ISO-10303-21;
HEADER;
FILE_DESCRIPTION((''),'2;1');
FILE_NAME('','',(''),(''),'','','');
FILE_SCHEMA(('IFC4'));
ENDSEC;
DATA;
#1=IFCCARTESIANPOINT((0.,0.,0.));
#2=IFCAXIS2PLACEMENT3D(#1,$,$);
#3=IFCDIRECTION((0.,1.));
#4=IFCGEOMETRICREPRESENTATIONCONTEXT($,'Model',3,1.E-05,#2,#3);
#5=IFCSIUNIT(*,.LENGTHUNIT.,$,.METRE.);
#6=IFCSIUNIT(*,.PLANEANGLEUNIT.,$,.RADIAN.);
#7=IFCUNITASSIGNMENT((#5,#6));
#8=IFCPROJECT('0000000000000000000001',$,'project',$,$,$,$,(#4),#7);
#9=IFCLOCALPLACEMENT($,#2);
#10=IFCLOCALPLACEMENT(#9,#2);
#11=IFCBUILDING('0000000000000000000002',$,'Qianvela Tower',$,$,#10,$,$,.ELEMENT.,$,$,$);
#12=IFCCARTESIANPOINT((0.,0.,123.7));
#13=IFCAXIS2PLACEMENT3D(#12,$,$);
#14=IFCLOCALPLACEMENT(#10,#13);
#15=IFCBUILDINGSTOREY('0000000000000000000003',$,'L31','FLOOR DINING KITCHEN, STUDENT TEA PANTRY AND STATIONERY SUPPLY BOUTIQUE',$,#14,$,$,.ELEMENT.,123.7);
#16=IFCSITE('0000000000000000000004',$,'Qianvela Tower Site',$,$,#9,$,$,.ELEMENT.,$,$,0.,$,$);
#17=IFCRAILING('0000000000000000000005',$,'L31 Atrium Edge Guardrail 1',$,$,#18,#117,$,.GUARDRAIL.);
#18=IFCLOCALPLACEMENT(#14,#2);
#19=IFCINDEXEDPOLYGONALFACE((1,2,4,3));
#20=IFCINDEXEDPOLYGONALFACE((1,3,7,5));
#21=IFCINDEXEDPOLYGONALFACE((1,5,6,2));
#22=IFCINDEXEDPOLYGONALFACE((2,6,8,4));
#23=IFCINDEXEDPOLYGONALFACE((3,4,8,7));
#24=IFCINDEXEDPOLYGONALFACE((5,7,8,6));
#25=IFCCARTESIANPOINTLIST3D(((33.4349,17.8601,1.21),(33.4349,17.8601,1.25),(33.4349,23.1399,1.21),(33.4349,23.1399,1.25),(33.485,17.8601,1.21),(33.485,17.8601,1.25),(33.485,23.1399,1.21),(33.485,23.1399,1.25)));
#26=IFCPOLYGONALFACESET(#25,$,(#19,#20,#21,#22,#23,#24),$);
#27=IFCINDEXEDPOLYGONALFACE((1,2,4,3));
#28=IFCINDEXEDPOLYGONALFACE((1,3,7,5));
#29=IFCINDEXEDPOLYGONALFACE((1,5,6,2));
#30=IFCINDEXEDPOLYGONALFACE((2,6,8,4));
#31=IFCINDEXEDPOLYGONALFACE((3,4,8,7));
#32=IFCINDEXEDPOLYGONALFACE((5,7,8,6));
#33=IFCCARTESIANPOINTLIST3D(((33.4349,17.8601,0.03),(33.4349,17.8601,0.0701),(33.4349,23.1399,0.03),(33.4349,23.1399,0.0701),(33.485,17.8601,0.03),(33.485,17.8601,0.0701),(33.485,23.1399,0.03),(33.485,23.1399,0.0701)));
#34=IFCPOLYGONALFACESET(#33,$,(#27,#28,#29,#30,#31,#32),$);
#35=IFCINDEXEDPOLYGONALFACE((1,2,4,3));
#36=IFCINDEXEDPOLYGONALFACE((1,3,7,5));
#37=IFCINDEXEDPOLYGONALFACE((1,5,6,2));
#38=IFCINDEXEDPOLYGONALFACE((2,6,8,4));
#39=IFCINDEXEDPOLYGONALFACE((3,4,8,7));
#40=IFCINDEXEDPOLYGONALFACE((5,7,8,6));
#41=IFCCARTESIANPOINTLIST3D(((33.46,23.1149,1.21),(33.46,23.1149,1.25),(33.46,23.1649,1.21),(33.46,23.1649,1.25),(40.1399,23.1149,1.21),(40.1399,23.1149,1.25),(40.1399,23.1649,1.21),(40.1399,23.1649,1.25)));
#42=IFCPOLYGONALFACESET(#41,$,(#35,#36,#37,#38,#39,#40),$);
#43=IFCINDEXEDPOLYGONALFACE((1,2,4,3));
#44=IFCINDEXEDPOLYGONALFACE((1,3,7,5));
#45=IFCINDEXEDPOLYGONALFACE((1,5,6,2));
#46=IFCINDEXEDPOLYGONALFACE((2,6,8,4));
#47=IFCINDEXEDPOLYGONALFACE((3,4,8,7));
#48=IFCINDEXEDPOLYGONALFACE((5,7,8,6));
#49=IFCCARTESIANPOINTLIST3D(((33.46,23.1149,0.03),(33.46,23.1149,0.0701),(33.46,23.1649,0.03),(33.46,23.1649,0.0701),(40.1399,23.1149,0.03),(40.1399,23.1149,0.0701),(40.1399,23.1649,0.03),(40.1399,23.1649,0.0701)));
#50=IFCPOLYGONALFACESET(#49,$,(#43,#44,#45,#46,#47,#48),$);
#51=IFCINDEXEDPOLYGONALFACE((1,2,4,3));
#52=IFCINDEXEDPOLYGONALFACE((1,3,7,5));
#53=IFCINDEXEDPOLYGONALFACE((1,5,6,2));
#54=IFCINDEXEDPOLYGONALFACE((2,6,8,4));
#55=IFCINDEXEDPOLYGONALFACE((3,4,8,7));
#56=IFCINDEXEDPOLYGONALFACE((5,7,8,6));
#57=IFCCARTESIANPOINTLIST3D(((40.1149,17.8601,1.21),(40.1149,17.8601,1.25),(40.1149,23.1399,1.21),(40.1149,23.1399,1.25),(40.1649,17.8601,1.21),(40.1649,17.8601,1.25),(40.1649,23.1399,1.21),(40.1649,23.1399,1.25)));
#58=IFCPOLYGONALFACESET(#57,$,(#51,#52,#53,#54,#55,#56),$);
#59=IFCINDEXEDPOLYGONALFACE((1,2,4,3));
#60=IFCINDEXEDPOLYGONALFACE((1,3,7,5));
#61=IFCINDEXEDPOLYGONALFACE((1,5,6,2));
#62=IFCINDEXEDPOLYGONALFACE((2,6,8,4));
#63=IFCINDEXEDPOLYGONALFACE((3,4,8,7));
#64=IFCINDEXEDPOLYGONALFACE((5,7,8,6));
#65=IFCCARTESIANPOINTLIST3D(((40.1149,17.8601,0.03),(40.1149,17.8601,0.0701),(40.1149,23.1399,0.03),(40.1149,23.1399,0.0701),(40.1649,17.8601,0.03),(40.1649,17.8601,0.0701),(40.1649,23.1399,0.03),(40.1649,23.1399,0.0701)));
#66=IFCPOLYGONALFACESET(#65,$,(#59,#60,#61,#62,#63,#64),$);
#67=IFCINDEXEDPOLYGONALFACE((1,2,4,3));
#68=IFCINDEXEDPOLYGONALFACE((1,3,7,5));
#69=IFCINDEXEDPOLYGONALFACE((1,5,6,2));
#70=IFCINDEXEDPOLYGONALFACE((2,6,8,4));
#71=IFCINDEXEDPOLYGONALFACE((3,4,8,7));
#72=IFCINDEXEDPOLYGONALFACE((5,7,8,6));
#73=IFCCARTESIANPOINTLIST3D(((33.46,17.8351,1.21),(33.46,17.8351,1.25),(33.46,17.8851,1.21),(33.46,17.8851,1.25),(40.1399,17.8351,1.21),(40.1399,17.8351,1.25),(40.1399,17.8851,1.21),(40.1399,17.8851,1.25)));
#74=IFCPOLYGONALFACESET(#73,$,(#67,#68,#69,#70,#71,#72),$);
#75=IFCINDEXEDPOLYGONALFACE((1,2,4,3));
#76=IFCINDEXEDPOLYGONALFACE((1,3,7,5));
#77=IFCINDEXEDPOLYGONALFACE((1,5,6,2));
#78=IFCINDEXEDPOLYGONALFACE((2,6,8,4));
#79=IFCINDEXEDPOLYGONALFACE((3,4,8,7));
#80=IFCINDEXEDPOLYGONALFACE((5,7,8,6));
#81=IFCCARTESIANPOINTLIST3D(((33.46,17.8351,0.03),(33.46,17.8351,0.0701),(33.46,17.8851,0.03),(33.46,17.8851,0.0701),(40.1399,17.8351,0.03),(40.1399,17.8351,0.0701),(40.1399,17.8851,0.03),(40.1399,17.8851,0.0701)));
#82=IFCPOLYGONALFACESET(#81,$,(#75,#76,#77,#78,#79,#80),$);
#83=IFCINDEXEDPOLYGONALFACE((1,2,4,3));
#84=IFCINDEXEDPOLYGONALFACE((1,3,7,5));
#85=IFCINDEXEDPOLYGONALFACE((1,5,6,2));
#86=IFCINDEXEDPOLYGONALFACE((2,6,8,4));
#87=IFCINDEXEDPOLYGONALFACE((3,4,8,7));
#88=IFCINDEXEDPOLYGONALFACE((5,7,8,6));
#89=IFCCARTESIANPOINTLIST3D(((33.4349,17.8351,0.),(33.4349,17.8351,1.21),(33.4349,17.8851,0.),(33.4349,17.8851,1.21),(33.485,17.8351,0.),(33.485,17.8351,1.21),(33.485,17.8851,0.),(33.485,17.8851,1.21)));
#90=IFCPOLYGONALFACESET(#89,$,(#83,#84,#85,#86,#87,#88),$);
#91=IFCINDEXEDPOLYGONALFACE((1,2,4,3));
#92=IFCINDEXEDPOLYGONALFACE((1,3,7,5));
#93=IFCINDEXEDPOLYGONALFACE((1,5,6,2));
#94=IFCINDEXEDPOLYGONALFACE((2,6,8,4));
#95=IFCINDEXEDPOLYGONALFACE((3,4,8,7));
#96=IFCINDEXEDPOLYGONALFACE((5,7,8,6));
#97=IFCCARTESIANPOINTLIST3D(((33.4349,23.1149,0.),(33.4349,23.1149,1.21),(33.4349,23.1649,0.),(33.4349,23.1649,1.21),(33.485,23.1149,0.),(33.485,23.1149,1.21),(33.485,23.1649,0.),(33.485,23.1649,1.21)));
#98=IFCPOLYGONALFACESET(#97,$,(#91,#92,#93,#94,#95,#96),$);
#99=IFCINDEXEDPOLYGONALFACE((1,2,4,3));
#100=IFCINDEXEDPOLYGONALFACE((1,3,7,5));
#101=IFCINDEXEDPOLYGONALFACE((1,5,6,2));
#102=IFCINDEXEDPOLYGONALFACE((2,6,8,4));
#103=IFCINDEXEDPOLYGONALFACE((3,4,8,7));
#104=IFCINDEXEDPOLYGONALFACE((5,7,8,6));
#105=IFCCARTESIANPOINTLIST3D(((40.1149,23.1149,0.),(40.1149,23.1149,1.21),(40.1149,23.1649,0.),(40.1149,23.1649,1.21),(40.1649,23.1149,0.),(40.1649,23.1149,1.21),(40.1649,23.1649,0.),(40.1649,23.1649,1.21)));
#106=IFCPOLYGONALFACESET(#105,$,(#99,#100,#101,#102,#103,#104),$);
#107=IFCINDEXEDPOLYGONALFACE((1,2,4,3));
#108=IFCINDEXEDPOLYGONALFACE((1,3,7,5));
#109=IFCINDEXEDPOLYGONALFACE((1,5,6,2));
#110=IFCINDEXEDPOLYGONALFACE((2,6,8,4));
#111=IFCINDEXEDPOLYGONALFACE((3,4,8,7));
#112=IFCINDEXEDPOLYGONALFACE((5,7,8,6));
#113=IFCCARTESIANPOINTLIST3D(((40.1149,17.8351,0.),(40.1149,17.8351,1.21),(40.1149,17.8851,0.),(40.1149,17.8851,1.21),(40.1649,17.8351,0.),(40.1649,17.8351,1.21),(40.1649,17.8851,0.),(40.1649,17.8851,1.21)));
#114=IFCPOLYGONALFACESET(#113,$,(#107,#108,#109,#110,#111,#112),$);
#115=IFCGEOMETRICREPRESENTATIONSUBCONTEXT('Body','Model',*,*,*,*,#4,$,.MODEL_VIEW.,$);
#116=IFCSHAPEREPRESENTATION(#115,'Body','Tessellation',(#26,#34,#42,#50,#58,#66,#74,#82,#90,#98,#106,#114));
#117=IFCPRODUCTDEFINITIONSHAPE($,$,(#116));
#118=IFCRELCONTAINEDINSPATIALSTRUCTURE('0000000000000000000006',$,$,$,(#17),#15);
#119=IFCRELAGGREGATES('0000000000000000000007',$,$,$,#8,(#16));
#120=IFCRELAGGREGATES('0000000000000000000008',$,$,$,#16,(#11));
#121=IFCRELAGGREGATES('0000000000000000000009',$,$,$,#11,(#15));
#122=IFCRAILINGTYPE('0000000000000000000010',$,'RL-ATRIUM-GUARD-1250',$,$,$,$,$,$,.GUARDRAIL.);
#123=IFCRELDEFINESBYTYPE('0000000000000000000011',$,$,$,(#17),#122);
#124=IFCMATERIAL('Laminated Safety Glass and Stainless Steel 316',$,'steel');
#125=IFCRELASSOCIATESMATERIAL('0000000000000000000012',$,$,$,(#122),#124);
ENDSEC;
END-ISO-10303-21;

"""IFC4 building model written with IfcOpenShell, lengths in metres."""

from ifc_helpers import new_model, si_unit, direction, frame, origin, origin_2d, place, context, subcontext, project, spatial, rectangle, extrude, material, type_object, element, save


model = new_model("IFC4")

# Units and contexts
model_context = context("Model", 3, precision=1e-05, world=origin(), true_north=direction((0.0, 1.0)))
body_context = subcontext(model_context, "Body", "Model", "MODEL_VIEW")
ifc_project = project(units=[si_unit("LENGTHUNIT", "METRE"), si_unit("PLANEANGLEUNIT", "RADIAN")], contexts=[model_context])

# Site, building, storey
site_placement = place(None, origin())
site = spatial("IfcSite", under=ifc_project, at=site_placement, Name="Qianvela Tower Site", CompositionType="ELEMENT", RefElevation=0.0)
building_placement = place(site_placement, origin())
building = spatial("IfcBuilding", under=site, at=building_placement, Name="Qianvela Tower", CompositionType="ELEMENT")
storey_placement = place(building_placement, frame((0.0, 0.0, 123.7)))
storey = spatial("IfcBuildingStorey", under=building, at=storey_placement, Name="L31", Description="FLOOR DINING KITCHEN, STUDENT TEA PANTRY AND STATIONERY SUPPLY BOUTIQUE", CompositionType="ELEMENT", Elevation=123.7)

# Railing
ifc_material_1 = material(Name="Laminated Safety Glass and Stainless Steel 316", Category="steel")
railing_type = type_object("IfcRailingType", Name="RL-ATRIUM-GUARD-1250", PredefinedType="GUARDRAIL", material=ifc_material_1)
railing_placement = place(storey_placement, frame((33.46, 17.8601, 0.0)))
element("IfcRailing", 1, at=railing_placement, inside=storey, type_object=railing_type, Name="L31 Atrium Edge Guardrail 1", PredefinedType="GUARDRAIL", context=body_context, shape_type="SweptSolid", body=[
    extrude(rectangle(XDim=0.05, YDim=0.04, at=origin_2d()), frame((0.0, 0.0, 1.23), z_axis=(0.0, 1.0, 0.0), x_axis=(-1.0, 0.0, 0.0)), (0.0, 0.0, 1.0), 5.2798),
    extrude(rectangle(XDim=0.05, YDim=0.04, at=origin_2d()), frame((0.0, 0.0, 0.05), z_axis=(0.0, 1.0, 0.0), x_axis=(-1.0, 0.0, 0.0)), (0.0, 0.0, 1.0), 5.2798),
    extrude(rectangle(XDim=0.05, YDim=0.04, at=origin_2d()), frame((0.0, 5.2798, 1.23), z_axis=(1.0, 0.0, 0.0), x_axis=(0.0, 1.0, 0.0)), (0.0, 0.0, 1.0), 6.6799),
    extrude(rectangle(XDim=0.05, YDim=0.04, at=origin_2d()), frame((0.0, 5.2798, 0.05), z_axis=(1.0, 0.0, 0.0), x_axis=(0.0, 1.0, 0.0)), (0.0, 0.0, 1.0), 6.6799),
    extrude(rectangle(XDim=0.05, YDim=0.04, at=origin_2d()), frame((6.6799, 5.2798, 1.23), z_axis=(0.0, -1.0, 0.0), x_axis=(1.0, 0.0, 0.0)), (0.0, 0.0, 1.0), 5.2798),
    extrude(rectangle(XDim=0.05, YDim=0.04, at=origin_2d()), frame((6.6799, 5.2798, 0.05), z_axis=(0.0, -1.0, 0.0), x_axis=(1.0, 0.0, 0.0)), (0.0, 0.0, 1.0), 5.2798),
    extrude(rectangle(XDim=0.05, YDim=0.04, at=origin_2d()), frame((6.6799, 0.0, 1.23), z_axis=(-1.0, 0.0, 0.0), x_axis=(0.0, -1.0, 0.0)), (0.0, 0.0, 1.0), 6.6799),
    extrude(rectangle(XDim=0.05, YDim=0.04, at=origin_2d()), frame((6.6799, 0.0, 0.05), z_axis=(-1.0, 0.0, 0.0), x_axis=(0.0, -1.0, 0.0)), (0.0, 0.0, 1.0), 6.6799),
    extrude(rectangle(XDim=0.05, YDim=0.05, at=origin_2d()), origin(), (0.0, 0.0, 1.0), 1.21),
    extrude(rectangle(XDim=0.05, YDim=0.05, at=origin_2d()), frame((0.0, 5.2798, 0.0)), (0.0, 0.0, 1.0), 1.21),
    extrude(rectangle(XDim=0.05, YDim=0.05, at=origin_2d()), frame((6.6799, 5.2798, 0.0)), (0.0, 0.0, 1.0), 1.21),
    extrude(rectangle(XDim=0.05, YDim=0.05, at=origin_2d()), frame((6.6799, 0.0, 0.0)), (0.0, 0.0, 1.0), 1.21),
])

save(model, "model.ifc")
